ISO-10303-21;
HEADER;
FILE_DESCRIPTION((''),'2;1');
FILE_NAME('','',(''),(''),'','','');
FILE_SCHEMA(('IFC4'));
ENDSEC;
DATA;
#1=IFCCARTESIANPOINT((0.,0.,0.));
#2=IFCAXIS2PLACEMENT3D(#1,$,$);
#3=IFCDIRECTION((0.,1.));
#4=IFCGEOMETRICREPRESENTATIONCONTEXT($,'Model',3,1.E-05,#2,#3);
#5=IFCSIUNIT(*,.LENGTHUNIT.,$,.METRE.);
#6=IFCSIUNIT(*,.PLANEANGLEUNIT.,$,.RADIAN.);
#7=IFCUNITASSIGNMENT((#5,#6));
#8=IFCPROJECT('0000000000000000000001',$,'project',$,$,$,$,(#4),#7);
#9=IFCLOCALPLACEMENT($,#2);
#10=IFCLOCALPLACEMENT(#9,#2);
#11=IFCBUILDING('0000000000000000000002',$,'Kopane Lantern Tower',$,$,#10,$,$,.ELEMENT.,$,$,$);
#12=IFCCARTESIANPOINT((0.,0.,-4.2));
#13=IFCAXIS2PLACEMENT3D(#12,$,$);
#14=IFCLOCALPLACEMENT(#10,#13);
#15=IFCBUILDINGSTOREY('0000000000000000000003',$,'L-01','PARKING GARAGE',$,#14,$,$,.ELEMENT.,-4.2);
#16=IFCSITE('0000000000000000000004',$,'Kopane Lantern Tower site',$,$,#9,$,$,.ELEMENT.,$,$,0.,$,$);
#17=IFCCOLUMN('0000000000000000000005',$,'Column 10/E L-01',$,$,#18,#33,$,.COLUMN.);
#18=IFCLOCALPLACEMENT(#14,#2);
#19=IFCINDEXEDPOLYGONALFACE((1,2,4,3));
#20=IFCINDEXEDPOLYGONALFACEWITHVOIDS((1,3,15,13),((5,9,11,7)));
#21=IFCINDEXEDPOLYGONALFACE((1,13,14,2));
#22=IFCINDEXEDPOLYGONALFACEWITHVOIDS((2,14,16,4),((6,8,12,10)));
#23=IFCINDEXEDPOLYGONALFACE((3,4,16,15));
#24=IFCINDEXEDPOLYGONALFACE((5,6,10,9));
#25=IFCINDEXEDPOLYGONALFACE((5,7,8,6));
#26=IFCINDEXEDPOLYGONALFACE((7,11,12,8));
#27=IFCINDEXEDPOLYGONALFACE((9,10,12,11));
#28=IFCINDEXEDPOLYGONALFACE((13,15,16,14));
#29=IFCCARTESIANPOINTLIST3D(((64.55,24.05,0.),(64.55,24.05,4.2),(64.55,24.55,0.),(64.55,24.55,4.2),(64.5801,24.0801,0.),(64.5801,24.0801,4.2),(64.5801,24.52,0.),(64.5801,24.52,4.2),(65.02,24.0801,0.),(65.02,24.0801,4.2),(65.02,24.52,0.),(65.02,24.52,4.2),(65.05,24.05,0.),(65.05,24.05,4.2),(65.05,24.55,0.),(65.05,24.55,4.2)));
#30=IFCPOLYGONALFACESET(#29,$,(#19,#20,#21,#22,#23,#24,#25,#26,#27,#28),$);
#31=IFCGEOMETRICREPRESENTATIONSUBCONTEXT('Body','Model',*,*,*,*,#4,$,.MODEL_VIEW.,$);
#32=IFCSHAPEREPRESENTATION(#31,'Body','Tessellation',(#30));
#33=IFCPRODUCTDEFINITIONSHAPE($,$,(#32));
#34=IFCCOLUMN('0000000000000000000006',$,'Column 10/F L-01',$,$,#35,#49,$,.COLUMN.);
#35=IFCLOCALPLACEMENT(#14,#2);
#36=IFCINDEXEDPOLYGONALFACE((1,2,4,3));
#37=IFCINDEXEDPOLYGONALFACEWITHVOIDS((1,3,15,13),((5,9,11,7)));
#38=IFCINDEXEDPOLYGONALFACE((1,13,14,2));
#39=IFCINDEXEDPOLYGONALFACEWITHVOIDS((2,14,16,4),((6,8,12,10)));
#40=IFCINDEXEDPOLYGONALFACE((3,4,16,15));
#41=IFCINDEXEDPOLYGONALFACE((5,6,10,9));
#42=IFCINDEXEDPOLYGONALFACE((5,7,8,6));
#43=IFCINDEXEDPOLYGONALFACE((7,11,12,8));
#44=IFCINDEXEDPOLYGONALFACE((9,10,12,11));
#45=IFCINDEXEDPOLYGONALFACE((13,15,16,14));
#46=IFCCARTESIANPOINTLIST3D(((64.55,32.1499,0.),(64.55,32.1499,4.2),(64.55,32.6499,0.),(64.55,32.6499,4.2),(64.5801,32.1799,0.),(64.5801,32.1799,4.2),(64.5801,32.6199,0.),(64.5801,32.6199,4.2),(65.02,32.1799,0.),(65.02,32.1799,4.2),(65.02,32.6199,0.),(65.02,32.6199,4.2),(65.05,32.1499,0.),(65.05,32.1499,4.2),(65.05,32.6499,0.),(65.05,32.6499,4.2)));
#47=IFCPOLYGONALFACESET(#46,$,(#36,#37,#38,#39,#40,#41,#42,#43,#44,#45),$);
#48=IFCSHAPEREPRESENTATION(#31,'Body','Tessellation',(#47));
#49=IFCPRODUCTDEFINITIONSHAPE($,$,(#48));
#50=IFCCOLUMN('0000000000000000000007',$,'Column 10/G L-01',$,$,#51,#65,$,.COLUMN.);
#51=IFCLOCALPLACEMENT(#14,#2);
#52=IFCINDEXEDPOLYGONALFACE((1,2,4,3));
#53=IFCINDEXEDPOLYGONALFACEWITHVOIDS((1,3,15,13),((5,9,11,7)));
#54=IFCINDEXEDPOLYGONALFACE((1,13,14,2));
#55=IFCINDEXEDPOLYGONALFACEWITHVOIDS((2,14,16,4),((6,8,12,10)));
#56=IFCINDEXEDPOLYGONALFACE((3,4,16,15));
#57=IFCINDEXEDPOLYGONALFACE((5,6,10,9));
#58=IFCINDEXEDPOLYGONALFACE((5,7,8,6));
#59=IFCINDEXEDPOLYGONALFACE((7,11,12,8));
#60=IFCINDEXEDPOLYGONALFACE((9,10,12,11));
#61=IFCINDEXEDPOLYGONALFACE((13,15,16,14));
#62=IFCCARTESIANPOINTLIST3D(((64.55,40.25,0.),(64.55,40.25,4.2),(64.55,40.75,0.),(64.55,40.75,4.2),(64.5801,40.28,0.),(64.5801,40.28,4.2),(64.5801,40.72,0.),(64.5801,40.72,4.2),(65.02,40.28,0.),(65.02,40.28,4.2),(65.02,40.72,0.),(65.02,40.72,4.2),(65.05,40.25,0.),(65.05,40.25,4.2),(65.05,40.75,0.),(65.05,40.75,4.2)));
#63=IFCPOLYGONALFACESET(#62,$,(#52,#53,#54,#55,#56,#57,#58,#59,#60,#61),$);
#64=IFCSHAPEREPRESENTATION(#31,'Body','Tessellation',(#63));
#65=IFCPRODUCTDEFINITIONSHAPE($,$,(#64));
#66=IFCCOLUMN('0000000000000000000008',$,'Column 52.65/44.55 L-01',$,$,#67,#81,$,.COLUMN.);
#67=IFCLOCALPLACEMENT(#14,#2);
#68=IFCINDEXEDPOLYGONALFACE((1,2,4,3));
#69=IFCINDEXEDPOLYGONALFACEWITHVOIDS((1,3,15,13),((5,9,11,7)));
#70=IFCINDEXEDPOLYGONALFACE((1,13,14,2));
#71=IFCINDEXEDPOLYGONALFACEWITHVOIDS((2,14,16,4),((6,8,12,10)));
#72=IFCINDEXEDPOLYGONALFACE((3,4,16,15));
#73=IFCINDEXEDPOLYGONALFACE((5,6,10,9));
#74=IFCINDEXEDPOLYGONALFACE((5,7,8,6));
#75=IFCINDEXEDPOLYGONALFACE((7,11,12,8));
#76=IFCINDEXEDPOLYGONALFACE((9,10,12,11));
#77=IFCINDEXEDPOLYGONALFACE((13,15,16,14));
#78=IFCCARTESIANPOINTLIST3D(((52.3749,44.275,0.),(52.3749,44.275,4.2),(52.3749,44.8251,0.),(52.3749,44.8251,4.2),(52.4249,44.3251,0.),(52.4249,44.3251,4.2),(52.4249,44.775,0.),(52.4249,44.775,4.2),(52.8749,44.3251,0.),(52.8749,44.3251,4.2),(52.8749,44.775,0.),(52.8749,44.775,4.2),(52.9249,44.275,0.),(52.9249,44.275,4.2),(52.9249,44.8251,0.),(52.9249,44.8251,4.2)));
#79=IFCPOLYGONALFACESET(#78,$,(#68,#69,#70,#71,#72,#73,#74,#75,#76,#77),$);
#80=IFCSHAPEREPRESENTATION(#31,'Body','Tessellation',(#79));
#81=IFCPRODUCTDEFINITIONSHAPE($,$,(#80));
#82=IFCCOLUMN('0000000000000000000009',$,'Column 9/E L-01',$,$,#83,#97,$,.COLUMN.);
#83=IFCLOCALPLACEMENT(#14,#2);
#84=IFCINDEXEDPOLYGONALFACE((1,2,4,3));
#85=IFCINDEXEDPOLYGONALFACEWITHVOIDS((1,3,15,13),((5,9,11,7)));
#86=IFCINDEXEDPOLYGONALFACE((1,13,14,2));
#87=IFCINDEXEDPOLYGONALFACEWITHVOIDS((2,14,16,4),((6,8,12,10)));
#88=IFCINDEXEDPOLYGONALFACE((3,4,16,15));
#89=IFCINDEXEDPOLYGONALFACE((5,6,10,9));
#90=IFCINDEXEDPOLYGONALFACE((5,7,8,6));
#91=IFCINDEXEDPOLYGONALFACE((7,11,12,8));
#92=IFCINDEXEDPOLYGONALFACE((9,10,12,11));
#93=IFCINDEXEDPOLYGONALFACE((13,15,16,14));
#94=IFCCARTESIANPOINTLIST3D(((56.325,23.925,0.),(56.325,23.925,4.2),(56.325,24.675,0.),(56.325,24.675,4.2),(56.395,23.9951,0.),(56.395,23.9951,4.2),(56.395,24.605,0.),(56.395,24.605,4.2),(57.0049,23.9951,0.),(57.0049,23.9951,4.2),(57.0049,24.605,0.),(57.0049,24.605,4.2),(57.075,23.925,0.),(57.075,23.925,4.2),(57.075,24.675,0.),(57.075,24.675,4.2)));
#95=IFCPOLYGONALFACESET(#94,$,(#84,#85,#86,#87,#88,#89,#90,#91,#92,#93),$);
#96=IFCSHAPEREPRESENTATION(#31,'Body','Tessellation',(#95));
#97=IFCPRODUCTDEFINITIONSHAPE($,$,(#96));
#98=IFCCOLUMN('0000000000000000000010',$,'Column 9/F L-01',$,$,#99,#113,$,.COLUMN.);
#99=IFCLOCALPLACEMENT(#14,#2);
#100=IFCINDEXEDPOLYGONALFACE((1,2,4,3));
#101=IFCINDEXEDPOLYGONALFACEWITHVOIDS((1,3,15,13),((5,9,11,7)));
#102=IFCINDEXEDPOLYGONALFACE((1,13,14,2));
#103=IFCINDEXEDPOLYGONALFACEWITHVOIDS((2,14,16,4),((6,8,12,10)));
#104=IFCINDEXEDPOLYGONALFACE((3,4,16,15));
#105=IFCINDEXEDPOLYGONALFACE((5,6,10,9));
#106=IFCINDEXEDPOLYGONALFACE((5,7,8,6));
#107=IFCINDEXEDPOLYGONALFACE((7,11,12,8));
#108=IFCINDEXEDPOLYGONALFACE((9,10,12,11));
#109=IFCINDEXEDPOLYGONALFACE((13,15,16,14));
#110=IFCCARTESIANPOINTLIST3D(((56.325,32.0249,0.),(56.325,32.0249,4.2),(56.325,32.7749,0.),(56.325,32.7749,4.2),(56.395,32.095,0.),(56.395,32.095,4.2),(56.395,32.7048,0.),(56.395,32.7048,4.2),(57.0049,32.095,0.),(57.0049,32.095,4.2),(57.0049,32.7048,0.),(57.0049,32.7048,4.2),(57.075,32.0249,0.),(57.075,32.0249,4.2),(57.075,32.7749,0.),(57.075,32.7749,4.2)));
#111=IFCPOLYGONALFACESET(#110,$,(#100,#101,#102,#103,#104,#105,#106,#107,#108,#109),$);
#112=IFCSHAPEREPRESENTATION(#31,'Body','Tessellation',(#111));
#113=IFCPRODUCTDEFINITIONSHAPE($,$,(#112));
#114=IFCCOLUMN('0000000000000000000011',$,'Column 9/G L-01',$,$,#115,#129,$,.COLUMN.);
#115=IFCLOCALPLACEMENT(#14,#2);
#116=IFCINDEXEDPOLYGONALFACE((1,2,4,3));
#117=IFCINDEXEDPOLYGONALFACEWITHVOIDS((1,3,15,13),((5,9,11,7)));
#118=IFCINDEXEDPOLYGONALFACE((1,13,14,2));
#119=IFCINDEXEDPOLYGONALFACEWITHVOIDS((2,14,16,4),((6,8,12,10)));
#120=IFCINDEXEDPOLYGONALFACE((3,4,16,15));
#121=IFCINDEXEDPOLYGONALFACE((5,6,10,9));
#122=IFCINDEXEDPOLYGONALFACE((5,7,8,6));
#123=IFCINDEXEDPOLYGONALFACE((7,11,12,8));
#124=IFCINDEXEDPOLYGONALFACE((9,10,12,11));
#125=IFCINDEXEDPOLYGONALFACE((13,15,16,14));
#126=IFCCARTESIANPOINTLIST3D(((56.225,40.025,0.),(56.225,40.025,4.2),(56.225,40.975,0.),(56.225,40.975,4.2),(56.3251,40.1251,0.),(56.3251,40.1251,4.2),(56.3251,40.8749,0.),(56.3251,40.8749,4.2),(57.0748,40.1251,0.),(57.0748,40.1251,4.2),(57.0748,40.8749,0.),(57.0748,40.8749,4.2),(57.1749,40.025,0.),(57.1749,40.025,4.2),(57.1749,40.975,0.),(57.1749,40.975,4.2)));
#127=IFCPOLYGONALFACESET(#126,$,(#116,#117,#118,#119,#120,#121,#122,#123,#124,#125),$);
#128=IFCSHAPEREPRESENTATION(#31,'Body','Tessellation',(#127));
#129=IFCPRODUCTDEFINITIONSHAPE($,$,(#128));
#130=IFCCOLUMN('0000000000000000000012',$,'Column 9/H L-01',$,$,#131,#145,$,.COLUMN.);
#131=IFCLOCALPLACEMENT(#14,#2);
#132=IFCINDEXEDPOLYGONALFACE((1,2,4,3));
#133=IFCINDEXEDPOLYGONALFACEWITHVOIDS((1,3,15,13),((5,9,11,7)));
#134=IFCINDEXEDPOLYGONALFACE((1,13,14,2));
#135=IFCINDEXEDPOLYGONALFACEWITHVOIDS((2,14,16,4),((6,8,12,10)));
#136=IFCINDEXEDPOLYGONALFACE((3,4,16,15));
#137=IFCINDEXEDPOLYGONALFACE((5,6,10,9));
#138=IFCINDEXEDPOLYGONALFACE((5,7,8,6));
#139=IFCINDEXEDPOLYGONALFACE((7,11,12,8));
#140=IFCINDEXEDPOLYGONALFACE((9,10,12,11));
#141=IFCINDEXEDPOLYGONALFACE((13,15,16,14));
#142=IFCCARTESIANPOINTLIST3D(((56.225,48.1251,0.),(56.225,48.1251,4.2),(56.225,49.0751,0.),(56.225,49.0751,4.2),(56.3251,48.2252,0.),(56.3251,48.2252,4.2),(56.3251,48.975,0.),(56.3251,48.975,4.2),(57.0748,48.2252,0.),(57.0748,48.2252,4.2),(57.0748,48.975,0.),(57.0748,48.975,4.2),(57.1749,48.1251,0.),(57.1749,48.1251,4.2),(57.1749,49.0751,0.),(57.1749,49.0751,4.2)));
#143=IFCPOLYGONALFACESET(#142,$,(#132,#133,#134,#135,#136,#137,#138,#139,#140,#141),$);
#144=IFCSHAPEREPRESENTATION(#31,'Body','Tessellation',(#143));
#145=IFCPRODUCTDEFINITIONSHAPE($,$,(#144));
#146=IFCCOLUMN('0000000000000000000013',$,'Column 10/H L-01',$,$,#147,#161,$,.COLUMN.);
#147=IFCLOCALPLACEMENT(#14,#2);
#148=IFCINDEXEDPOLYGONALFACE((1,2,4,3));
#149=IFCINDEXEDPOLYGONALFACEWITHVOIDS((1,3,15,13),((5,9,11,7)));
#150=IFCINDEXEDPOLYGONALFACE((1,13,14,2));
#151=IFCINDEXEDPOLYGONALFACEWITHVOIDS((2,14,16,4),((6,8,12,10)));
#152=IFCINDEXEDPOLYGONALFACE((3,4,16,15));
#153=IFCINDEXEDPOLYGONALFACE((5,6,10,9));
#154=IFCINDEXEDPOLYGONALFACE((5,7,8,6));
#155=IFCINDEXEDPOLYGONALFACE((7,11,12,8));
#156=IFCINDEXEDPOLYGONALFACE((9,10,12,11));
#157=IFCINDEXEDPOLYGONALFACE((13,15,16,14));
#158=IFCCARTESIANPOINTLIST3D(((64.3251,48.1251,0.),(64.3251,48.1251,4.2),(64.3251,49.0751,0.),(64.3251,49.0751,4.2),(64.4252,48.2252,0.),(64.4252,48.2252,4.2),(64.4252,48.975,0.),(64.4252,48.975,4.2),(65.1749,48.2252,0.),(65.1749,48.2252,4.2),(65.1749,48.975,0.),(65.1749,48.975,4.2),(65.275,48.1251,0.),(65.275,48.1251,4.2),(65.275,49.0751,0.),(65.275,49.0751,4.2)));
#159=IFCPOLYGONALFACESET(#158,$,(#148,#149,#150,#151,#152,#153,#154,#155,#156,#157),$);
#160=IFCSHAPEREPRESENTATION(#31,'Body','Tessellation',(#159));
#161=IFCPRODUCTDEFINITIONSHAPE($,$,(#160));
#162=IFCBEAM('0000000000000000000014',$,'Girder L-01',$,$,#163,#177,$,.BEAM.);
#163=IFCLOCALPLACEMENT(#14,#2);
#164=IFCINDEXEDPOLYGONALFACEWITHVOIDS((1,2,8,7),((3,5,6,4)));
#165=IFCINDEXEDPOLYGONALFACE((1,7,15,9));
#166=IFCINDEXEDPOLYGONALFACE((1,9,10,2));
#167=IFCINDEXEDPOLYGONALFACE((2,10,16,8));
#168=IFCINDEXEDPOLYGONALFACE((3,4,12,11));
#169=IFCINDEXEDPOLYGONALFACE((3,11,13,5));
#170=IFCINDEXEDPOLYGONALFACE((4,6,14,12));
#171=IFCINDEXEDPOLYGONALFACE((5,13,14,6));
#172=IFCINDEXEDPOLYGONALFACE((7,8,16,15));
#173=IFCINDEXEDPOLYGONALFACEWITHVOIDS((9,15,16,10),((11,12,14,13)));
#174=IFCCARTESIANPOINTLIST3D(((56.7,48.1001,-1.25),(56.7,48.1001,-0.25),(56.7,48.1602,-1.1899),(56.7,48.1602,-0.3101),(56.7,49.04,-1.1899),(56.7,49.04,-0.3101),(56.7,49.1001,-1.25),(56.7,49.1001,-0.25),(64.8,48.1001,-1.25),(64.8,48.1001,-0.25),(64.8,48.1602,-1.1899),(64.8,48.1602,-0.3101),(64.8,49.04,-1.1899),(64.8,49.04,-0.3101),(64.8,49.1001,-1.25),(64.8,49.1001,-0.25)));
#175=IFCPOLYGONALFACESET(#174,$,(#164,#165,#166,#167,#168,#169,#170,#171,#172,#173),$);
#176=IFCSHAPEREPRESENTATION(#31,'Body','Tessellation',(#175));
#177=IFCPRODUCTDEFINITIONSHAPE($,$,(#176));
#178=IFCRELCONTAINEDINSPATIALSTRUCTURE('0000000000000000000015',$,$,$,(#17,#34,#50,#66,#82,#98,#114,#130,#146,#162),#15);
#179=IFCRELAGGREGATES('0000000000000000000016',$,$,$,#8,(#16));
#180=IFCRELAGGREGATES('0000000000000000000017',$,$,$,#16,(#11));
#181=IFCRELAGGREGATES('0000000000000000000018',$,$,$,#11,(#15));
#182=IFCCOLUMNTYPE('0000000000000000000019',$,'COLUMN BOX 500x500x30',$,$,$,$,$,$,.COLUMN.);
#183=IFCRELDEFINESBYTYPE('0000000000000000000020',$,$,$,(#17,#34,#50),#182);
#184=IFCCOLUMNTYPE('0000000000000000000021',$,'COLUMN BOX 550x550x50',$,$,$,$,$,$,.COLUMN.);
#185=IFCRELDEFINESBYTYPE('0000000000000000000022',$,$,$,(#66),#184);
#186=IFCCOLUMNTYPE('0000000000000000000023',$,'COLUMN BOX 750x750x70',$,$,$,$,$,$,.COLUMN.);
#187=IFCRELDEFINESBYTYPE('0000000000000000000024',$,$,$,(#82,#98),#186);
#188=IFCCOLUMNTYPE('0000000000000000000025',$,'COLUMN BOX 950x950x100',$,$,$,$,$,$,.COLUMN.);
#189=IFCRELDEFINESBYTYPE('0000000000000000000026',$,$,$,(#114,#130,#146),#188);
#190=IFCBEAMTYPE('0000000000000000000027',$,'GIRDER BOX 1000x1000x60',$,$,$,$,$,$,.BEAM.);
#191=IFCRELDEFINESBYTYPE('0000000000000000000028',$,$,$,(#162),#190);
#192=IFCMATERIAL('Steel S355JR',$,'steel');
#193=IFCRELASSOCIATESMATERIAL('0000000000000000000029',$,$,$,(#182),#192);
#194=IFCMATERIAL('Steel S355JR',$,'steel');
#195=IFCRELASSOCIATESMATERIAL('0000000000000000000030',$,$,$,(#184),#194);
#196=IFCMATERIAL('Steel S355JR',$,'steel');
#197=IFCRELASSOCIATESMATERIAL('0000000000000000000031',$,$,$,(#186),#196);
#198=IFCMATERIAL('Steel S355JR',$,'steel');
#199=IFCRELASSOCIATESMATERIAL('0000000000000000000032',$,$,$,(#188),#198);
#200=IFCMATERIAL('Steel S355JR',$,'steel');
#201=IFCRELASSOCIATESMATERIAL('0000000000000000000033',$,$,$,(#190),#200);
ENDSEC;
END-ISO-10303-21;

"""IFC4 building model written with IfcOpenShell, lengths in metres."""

from ifc_helpers import new_model, si_unit, direction, frame, origin, origin_2d, place, context, subcontext, project, spatial, hollow_rectangle, extrude, material, material_profile, profile_set, type_object, element, save


model = new_model("IFC4")

# Units and contexts
model_context = context("Model", 3, precision=1e-05, world=origin(), true_north=direction((0.0, 1.0)))
body_context = subcontext(model_context, "Body", "Model", "MODEL_VIEW")
ifc_project = project(units=[si_unit("LENGTHUNIT", "METRE"), si_unit("PLANEANGLEUNIT", "RADIAN")], contexts=[model_context])

# Site, building, storey
site_placement = place(None, origin())
site = spatial("IfcSite", under=ifc_project, at=site_placement, Name="Kopane Lantern Tower site", CompositionType="ELEMENT", RefElevation=0.0)
building_placement = place(site_placement, origin())
building = spatial("IfcBuilding", under=site, at=building_placement, Name="Kopane Lantern Tower", CompositionType="ELEMENT")
storey_placement = place(building_placement, frame((0.0, 0.0, -4.2)))
storey = spatial("IfcBuildingStorey", under=building, at=storey_placement, Name="L-01", Description="PARKING GARAGE", CompositionType="ELEMENT", Elevation=-4.2)

# Columns
ifc_material_1 = material(Name="Steel S355JR", Category="steel")
ifc_material_profile_1 = material_profile(ifc_material_1, hollow_rectangle(XDim=0.5, YDim=0.5, WallThickness=0.03, at=origin_2d()), Name="BOX 500x500x30")
ifc_profile_set_1 = profile_set([ifc_material_profile_1], Name="Steel S355JR")
column_type_1 = type_object("IfcColumnType", Name="COLUMN BOX 500x500x30", PredefinedType="COLUMN", material=ifc_profile_set_1)
for number, where, z_axis, x_axis, name in (
    (1, (64.8, 24.3, 0.0), (0.0, 0.0, 1.0), (1.0, 0.0, 0.0), "Column 10/E L-01"),
    (2, (64.8, 32.3999, 0.0), (0.0, 0.0, 1.0), (1.0, 0.0, 0.0), "Column 10/F L-01"),
    (3, (64.8, 40.5, 0.0), (0.0, 0.0, 1.0), (1.0, 0.0, 0.0), "Column 10/G L-01"),
):
    element("IfcColumn", number, at=place(storey_placement, frame(where, z_axis=z_axis, x_axis=x_axis)), inside=storey, type_object=column_type_1, Name=name, PredefinedType="COLUMN", context=body_context, shape_type="SweptSolid", body=[
        extrude(hollow_rectangle(XDim=0.5, YDim=0.5, WallThickness=0.03, at=origin_2d()), origin(), (0.0, 0.0, 1.0), 4.2),
    ])
ifc_material_2 = material(Name="Steel S355JR", Category="steel")
ifc_material_profile_2 = material_profile(ifc_material_2, hollow_rectangle(XDim=0.55, YDim=0.55, WallThickness=0.05, at=origin_2d()), Name="BOX 550x550x50")
ifc_profile_set_2 = profile_set([ifc_material_profile_2], Name="Steel S355JR")
column_type_2 = type_object("IfcColumnType", Name="COLUMN BOX 550x550x50", PredefinedType="COLUMN", material=ifc_profile_set_2)
column_placement = place(storey_placement, frame((52.6499, 44.55, 0.0), z_axis=(0.0, 0.0, 1.0), x_axis=(1.0, 0.0, 0.0)))
element("IfcColumn", 4, at=column_placement, inside=storey, type_object=column_type_2, Name="Column 52.65/44.55 L-01", PredefinedType="COLUMN", context=body_context, shape_type="SweptSolid", body=[
    extrude(hollow_rectangle(XDim=0.55, YDim=0.55, WallThickness=0.05, at=origin_2d()), origin(), (0.0, 0.0, 1.0), 4.2),
])
ifc_material_3 = material(Name="Steel S355JR", Category="steel")
ifc_material_profile_3 = material_profile(ifc_material_3, hollow_rectangle(XDim=0.75, YDim=0.75, WallThickness=0.0701, at=origin_2d()), Name="BOX 750x750x70")
ifc_profile_set_3 = profile_set([ifc_material_profile_3], Name="Steel S355JR")
column_type_3 = type_object("IfcColumnType", Name="COLUMN BOX 750x750x70", PredefinedType="COLUMN", material=ifc_profile_set_3)
for number, where, z_axis, x_axis, name in (
    (5, (56.7, 24.3, 0.0), (0.0, 0.0, 1.0), (1.0, 0.0, 0.0), "Column 9/E L-01"),
    (6, (56.7, 32.3999, 0.0), (0.0, 0.0, 1.0), (1.0, 0.0, 0.0), "Column 9/F L-01"),
):
    element("IfcColumn", number, at=place(storey_placement, frame(where, z_axis=z_axis, x_axis=x_axis)), inside=storey, type_object=column_type_3, Name=name, PredefinedType="COLUMN", context=body_context, shape_type="SweptSolid", body=[
        extrude(hollow_rectangle(XDim=0.75, YDim=0.75, WallThickness=0.0701, at=origin_2d()), origin(), (0.0, 0.0, 1.0), 4.2),
    ])
ifc_material_4 = material(Name="Steel S355JR", Category="steel")
ifc_material_profile_4 = material_profile(ifc_material_4, hollow_rectangle(XDim=0.95, YDim=0.95, WallThickness=0.1001, at=origin_2d()), Name="BOX 950x950x100")
ifc_profile_set_4 = profile_set([ifc_material_profile_4], Name="Steel S355JR")
column_type_4 = type_object("IfcColumnType", Name="COLUMN BOX 950x950x100", PredefinedType="COLUMN", material=ifc_profile_set_4)
for number, where, z_axis, x_axis, name in (
    (7, (56.7, 40.5, 0.0), (0.0, 0.0, 1.0), (1.0, 0.0, 0.0), "Column 9/G L-01"),
    (8, (56.7, 48.6001, 0.0), (0.0, 0.0, 1.0), (1.0, 0.0, 0.0), "Column 9/H L-01"),
    (9, (64.8, 48.6001, 0.0), (0.0, 0.0, 1.0), (1.0, 0.0, 0.0), "Column 10/H L-01"),
):
    element("IfcColumn", number, at=place(storey_placement, frame(where, z_axis=z_axis, x_axis=x_axis)), inside=storey, type_object=column_type_4, Name=name, PredefinedType="COLUMN", context=body_context, shape_type="SweptSolid", body=[
        extrude(hollow_rectangle(XDim=0.95, YDim=0.95, WallThickness=0.1001, at=origin_2d()), origin(), (0.0, 0.0, 1.0), 4.2),
    ])

# Beam
ifc_material_5 = material(Name="Steel S355JR", Category="steel")
ifc_material_profile_5 = material_profile(ifc_material_5, hollow_rectangle(XDim=1.0, YDim=1.0, WallThickness=0.0601, at=origin_2d()), Name="BOX 1000x1000x60")
ifc_profile_set_5 = profile_set([ifc_material_profile_5], Name="Steel S355JR")
beam_type_1 = type_object("IfcBeamType", Name="GIRDER BOX 1000x1000x60", PredefinedType="BEAM", material=ifc_profile_set_5)
beam_1_placement = place(storey_placement, frame((56.7, 48.6001, -0.75), z_axis=(1.0, 0.0, 0.0), x_axis=(0.0, 1.0, 0.0)))
element("IfcBeam", 10, at=beam_1_placement, inside=storey, type_object=beam_type_1, Name="Girder L-01", PredefinedType="BEAM", context=body_context, shape_type="SweptSolid", body=[
    extrude(hollow_rectangle(XDim=1.0, YDim=1.0, WallThickness=0.0601, at=origin_2d()), origin(), (0.0, 0.0, 1.0), 8.1001),
])

save(model, "model.ifc")
